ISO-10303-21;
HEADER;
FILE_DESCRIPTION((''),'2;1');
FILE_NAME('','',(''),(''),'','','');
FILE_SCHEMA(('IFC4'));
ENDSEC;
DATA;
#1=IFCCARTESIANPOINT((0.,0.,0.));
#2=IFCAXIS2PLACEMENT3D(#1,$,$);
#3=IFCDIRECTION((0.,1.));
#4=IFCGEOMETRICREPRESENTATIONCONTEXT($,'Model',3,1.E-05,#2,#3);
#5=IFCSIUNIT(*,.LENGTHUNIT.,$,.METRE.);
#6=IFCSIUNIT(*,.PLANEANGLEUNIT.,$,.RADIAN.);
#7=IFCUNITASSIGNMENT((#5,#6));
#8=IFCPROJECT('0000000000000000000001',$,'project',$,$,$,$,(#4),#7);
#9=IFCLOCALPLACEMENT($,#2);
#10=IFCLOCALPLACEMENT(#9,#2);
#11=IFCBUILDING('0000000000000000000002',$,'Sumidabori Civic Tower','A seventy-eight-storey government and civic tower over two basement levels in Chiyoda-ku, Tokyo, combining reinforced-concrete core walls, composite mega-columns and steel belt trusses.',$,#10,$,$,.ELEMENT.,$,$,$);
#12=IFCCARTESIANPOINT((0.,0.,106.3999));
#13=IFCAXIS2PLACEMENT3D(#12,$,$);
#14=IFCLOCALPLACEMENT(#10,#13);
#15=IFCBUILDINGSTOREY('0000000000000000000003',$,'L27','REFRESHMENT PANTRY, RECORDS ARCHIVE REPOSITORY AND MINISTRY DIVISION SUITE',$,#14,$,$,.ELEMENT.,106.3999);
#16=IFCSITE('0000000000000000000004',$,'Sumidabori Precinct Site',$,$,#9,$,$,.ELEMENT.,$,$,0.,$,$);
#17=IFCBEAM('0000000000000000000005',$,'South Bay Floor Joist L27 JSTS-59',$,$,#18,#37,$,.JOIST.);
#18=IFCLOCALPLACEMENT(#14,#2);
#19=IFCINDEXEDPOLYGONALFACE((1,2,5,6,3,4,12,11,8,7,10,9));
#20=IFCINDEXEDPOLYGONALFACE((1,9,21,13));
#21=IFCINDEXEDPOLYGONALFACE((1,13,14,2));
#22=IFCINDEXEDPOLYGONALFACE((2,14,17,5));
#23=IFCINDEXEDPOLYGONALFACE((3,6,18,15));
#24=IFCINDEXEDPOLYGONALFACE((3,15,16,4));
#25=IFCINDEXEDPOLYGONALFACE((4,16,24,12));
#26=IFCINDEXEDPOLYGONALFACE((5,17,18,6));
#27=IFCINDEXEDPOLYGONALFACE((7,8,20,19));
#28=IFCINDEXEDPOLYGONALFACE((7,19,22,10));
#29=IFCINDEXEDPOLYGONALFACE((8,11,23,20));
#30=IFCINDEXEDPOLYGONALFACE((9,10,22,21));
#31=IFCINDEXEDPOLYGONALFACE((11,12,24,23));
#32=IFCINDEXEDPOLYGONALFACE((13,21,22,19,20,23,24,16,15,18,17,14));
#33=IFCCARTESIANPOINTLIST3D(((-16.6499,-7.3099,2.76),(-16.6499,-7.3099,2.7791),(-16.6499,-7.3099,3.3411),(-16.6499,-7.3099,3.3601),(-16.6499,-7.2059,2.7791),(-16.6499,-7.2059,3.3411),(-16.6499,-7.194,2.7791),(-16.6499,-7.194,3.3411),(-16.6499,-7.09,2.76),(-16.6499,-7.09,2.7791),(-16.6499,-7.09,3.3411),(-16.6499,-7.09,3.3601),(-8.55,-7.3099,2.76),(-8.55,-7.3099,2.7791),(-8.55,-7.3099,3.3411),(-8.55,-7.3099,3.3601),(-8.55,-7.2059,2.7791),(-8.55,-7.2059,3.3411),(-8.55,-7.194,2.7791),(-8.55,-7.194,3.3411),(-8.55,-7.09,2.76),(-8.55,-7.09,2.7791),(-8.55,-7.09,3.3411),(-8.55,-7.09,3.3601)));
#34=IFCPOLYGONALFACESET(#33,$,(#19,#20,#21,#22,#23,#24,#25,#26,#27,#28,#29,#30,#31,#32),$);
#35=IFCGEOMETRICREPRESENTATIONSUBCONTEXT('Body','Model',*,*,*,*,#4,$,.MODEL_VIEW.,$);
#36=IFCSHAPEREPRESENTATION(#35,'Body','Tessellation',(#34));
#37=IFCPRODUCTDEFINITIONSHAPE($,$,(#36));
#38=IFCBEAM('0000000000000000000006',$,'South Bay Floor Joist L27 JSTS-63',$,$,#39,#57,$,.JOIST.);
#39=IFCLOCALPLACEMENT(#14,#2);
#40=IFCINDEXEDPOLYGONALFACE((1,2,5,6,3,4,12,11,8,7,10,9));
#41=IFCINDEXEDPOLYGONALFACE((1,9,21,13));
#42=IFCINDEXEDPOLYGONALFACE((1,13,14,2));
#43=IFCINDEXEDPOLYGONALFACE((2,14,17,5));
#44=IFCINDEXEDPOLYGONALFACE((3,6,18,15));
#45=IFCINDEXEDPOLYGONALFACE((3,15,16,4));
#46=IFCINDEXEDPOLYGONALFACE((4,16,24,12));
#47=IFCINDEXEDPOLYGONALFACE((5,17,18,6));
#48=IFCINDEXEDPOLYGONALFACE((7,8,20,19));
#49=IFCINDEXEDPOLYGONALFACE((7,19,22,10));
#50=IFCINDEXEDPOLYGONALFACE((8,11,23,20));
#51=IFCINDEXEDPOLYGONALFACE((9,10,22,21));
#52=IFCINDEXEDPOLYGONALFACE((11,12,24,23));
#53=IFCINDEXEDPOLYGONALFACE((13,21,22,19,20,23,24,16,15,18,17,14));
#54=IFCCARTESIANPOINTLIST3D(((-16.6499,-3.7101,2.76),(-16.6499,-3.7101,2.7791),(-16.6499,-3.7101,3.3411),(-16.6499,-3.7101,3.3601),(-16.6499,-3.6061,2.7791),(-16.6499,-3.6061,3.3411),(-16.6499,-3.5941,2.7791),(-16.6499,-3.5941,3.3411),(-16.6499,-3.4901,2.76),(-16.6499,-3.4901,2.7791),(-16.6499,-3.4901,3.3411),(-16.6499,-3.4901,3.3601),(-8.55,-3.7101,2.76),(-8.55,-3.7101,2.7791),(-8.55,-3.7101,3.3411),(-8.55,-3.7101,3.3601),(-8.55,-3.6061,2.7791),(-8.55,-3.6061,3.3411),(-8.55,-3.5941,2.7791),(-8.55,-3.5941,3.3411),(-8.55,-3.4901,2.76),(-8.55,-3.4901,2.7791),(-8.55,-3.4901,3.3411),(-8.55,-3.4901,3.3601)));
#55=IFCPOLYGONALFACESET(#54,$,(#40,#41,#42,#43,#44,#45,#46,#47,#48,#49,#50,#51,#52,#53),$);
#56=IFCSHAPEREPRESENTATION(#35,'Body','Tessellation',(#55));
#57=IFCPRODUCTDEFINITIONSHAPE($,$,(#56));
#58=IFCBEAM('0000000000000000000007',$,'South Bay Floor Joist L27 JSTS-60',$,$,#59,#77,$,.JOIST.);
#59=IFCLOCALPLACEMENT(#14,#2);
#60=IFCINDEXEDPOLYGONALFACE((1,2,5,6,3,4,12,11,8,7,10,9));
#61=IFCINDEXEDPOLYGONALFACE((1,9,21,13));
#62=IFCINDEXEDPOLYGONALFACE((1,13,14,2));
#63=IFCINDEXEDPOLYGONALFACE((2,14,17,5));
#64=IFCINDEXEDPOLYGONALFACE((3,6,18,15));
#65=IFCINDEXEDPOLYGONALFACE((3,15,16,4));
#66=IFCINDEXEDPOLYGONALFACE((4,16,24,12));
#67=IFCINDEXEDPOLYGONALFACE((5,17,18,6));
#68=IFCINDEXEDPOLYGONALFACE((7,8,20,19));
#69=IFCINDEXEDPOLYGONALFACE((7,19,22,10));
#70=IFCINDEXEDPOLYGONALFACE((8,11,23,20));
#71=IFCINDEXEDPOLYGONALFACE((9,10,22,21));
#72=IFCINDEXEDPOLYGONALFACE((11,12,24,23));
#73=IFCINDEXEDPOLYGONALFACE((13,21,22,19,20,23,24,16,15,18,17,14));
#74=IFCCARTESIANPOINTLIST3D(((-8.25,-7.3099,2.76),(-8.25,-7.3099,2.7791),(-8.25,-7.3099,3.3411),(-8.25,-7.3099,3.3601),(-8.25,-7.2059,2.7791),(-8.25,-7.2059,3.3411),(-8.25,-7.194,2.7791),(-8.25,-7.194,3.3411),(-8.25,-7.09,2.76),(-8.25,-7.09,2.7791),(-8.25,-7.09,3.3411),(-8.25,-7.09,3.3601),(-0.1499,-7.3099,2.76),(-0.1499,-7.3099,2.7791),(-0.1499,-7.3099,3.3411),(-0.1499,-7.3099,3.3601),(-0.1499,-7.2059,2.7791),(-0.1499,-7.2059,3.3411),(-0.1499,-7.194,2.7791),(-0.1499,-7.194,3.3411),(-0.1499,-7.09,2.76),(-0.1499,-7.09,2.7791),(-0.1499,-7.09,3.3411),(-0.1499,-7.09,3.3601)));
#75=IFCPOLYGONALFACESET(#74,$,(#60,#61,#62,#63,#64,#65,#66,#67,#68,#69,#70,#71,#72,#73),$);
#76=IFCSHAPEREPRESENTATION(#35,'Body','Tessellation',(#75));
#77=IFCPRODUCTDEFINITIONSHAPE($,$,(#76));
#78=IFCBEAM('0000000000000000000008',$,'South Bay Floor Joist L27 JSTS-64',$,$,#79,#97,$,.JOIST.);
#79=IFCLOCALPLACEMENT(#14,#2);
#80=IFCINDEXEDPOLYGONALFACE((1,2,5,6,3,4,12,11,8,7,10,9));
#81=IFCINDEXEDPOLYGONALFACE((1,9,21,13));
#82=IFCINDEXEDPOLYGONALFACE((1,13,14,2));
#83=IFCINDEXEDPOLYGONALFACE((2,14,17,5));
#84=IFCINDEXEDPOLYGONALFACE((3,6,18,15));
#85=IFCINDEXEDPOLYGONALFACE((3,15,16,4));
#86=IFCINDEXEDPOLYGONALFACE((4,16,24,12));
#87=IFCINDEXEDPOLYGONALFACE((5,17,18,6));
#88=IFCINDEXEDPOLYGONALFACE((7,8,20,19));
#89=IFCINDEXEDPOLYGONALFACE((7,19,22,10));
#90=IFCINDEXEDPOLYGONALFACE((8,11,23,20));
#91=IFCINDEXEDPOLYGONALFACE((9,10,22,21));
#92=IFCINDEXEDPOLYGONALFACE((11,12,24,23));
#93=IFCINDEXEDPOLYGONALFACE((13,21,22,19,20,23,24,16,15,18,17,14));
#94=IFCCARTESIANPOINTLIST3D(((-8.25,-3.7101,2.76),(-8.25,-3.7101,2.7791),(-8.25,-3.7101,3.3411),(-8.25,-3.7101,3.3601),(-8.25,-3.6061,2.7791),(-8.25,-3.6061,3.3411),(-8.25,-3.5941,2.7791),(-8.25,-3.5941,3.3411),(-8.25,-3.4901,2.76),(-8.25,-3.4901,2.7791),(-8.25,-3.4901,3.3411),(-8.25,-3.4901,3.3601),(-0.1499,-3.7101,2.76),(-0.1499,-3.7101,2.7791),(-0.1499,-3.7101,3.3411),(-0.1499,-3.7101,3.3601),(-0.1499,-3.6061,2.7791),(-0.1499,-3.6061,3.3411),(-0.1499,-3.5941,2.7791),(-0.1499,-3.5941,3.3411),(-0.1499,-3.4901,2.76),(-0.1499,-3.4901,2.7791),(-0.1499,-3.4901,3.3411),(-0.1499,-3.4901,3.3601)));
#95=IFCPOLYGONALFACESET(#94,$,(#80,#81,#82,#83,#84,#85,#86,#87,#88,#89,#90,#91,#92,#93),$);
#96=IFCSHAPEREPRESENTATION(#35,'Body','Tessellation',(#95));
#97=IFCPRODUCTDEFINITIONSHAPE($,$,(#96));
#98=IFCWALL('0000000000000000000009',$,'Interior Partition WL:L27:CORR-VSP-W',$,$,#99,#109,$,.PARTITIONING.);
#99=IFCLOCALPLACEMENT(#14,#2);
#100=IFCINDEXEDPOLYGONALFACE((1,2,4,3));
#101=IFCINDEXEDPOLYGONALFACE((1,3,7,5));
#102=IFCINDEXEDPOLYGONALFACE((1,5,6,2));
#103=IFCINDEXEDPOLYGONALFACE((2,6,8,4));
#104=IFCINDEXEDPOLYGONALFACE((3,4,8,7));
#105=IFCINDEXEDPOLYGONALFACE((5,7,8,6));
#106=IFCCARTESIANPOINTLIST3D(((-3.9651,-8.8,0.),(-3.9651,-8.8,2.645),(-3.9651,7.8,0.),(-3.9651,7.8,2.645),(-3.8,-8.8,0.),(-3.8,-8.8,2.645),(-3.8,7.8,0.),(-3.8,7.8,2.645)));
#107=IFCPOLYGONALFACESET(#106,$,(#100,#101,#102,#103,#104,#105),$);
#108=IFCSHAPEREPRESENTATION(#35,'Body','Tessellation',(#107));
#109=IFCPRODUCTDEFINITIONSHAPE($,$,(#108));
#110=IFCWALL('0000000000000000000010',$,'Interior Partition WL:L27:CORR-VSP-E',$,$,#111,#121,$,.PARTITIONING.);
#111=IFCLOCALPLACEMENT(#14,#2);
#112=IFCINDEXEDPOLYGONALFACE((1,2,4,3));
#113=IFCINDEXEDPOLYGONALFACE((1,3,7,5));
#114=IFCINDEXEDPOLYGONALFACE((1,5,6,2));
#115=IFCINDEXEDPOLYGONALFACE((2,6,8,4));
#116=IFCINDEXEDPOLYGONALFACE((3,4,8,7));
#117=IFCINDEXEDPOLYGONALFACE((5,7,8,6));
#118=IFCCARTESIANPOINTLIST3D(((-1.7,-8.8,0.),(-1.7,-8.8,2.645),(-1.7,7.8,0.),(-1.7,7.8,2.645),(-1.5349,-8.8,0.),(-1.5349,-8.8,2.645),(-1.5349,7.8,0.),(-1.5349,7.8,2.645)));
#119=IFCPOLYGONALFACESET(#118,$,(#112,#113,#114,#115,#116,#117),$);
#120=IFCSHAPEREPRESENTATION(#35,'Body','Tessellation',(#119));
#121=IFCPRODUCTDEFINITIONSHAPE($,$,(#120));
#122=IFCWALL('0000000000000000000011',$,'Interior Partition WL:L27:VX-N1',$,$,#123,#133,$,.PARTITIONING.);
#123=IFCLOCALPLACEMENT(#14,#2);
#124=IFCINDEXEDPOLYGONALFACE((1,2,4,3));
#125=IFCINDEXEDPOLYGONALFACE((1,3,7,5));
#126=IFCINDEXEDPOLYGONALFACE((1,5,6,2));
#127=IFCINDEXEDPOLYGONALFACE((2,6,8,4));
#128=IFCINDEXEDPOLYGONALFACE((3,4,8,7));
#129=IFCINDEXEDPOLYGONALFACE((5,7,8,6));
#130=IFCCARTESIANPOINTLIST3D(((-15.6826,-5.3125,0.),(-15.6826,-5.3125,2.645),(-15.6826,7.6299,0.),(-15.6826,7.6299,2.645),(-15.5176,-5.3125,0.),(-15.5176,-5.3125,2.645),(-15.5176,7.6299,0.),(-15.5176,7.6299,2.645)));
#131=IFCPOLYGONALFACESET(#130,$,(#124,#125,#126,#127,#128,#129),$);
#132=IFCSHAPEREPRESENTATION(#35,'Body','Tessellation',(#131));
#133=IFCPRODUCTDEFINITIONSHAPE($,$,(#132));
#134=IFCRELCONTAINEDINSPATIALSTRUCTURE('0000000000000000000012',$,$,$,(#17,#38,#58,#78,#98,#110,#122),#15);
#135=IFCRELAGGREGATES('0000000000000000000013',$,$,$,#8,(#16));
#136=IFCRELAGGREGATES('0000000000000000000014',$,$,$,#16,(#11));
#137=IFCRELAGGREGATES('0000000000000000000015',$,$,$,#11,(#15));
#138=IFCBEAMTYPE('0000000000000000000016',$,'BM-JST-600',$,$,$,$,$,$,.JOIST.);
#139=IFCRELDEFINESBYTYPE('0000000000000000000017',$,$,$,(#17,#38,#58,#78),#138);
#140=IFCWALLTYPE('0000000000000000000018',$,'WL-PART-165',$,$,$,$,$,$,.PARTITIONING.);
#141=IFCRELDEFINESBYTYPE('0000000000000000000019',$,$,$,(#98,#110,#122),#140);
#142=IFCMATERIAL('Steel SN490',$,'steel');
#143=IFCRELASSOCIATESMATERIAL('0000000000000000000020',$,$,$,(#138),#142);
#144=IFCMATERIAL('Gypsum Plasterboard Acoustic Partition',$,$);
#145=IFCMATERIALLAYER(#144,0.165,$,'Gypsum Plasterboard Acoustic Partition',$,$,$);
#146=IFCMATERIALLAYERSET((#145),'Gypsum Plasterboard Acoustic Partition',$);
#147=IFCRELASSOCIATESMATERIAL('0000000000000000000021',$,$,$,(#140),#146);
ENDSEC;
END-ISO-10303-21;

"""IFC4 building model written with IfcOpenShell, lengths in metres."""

from ifc_helpers import new_model, si_unit, direction, frame, frame_2d, origin, origin_2d, place, context, subcontext, project, spatial, rectangle, i_section, extrude, source, transform, mapped, material, layer, layer_set, material_profile, profile_set, type_object, element, save


model = new_model("IFC4")

# Units and contexts
model_context = context("Model", 3, precision=1e-05, world=origin(), true_north=direction((0.0, 1.0)))
body_context = subcontext(model_context, "Body", "Model", "MODEL_VIEW")
ifc_project = project(units=[si_unit("LENGTHUNIT", "METRE"), si_unit("PLANEANGLEUNIT", "RADIAN")], contexts=[model_context])

# Site, building, storey
site_placement = place(None, origin())
site = spatial("IfcSite", under=ifc_project, at=site_placement, Name="Sumidabori Precinct Site", CompositionType="ELEMENT", RefElevation=0.0)
building_placement = place(site_placement, origin())
building = spatial("IfcBuilding", under=site, at=building_placement, Name="Sumidabori Civic Tower", Description="A seventy-eight-storey government and civic tower over two basement levels in Chiyoda-ku, Tokyo, combining reinforced-concrete core walls, composite mega-columns and steel belt trusses.", CompositionType="ELEMENT")
storey_placement = place(building_placement, frame((0.0, 0.0, 106.3999)))
storey = spatial("IfcBuildingStorey", under=building, at=storey_placement, Name="L27", Description="REFRESHMENT PANTRY, RECORDS ARCHIVE REPOSITORY AND MINISTRY DIVISION SUITE", CompositionType="ELEMENT", Elevation=106.3999)

# Beams
ifc_material_1 = material(Name="Steel SN490", Category="steel")
ifc_material_profile_1 = material_profile(ifc_material_1, i_section(OverallWidth=0.22, OverallDepth=0.6001, WebThickness=0.012, FlangeThickness=0.019, at=origin_2d()), Name="IPE 600")
ifc_profile_set_1 = profile_set([ifc_material_profile_1], Name="Steel SN490")
beam_type_1 = type_object("IfcBeamType", Name="BM-JST-600", PredefinedType="JOIST", material=ifc_profile_set_1)
shared_shape_1 = source(origin(), body_context, "Body", "SweptSolid", [
    extrude(i_section(OverallWidth=0.22, OverallDepth=0.6001, WebThickness=0.012, FlangeThickness=0.019, at=origin_2d()), origin(), (0.0, 0.0, 1.0), 8.0999),
])
for number, where, z_axis, x_axis, name in (
    (1, (-16.6499, -7.2, 3.0601), (1.0, 0.0, 0.0), (0.0, 1.0, 0.0), "South Bay Floor Joist L27 JSTS-59"),
    (2, (-16.6499, -3.6001, 3.0601), (1.0, 0.0, 0.0), (0.0, 1.0, 0.0), "South Bay Floor Joist L27 JSTS-63"),
):
    element("IfcBeam", number, at=place(storey_placement, frame(where, z_axis=z_axis, x_axis=x_axis)), inside=storey, type_object=beam_type_1, Name=name, PredefinedType="JOIST", context=body_context, shape_type="MappedRepresentation", body=[
        mapped(shared_shape_1, transform((0.0, 0.0, 0.0), x_axis=(1.0, 0.0, 0.0), y_axis=(0.0, 1.0, 0.0), z_axis=(0.0, 0.0, 1.0), scale=1.0)),
    ])
shared_shape_2 = source(origin(), body_context, "Body", "SweptSolid", [
    extrude(i_section(OverallWidth=0.22, OverallDepth=0.6001, WebThickness=0.012, FlangeThickness=0.019, at=origin_2d()), origin(), (0.0, 0.0, 1.0), 8.1001),
])
for number, where, z_axis, x_axis, name in (
    (3, (-8.25, -7.2, 3.0601), (1.0, 0.0, 0.0), (0.0, 1.0, 0.0), "South Bay Floor Joist L27 JSTS-60"),
    (4, (-8.25, -3.6001, 3.0601), (1.0, 0.0, 0.0), (0.0, 1.0, 0.0), "South Bay Floor Joist L27 JSTS-64"),
):
    element("IfcBeam", number, at=place(storey_placement, frame(where, z_axis=z_axis, x_axis=x_axis)), inside=storey, type_object=beam_type_1, Name=name, PredefinedType="JOIST", context=body_context, shape_type="MappedRepresentation", body=[
        mapped(shared_shape_2, transform((0.0, 0.0, 0.0), x_axis=(1.0, 0.0, 0.0), y_axis=(0.0, 1.0, 0.0), z_axis=(0.0, 0.0, 1.0), scale=1.0)),
    ])

# Walls
ifc_material_2 = material(Name="Gypsum Plasterboard Acoustic Partition")
ifc_layer = layer(ifc_material_2, 0.165, Name="Gypsum Plasterboard Acoustic Partition")
ifc_layer_set = layer_set([ifc_layer], Name="Gypsum Plasterboard Acoustic Partition")
wall_type = type_object("IfcWallType", Name="WL-PART-165", PredefinedType="PARTITIONING", material=ifc_layer_set)
shared_shape_3 = source(origin(), body_context, "Body", "SweptSolid", [
    extrude(rectangle(XDim=16.6001, YDim=0.165, at=frame_2d((8.3, 0.0))), origin(), (0.0, 0.0, 1.0), 2.645),
])
for number, where, z_axis, x_axis, name in (
    (5, (-3.8826, -8.8, 0.0), (0.0, 0.0, 1.0), (0.0, 1.0, 0.0), "Interior Partition WL:L27:CORR-VSP-W"),
    (6, (-1.6174, -8.8, 0.0), (0.0, 0.0, 1.0), (0.0, 1.0, 0.0), "Interior Partition WL:L27:CORR-VSP-E"),
):
    element("IfcWall", number, at=place(storey_placement, frame(where, z_axis=z_axis, x_axis=x_axis)), inside=storey, type_object=wall_type, Name=name, PredefinedType="PARTITIONING", context=body_context, shape_type="MappedRepresentation", body=[
        mapped(shared_shape_3, transform((0.0, 0.0, 0.0), x_axis=(1.0, 0.0, 0.0), y_axis=(0.0, 1.0, 0.0), z_axis=(0.0, 0.0, 1.0), scale=1.0)),
    ])
shared_shape_4 = source(origin(), body_context, "Body", "SweptSolid", [
    extrude(rectangle(XDim=12.9424, YDim=0.165, at=frame_2d((6.4712, 0.0))), origin(), (0.0, 0.0, 1.0), 2.645),
])
wall_1_placement = place(storey_placement, frame((-15.6001, -5.3125, 0.0), z_axis=(0.0, 0.0, 1.0), x_axis=(0.0, 1.0, 0.0)))
element("IfcWall", 7, at=wall_1_placement, inside=storey, type_object=wall_type, Name="Interior Partition WL:L27:VX-N1", PredefinedType="PARTITIONING", context=body_context, shape_type="MappedRepresentation", body=[
    mapped(shared_shape_4, transform((0.0, 0.0, 0.0), x_axis=(1.0, 0.0, 0.0), y_axis=(0.0, 1.0, 0.0), z_axis=(0.0, 0.0, 1.0), scale=1.0)),
])

save(model, "model.ifc")
